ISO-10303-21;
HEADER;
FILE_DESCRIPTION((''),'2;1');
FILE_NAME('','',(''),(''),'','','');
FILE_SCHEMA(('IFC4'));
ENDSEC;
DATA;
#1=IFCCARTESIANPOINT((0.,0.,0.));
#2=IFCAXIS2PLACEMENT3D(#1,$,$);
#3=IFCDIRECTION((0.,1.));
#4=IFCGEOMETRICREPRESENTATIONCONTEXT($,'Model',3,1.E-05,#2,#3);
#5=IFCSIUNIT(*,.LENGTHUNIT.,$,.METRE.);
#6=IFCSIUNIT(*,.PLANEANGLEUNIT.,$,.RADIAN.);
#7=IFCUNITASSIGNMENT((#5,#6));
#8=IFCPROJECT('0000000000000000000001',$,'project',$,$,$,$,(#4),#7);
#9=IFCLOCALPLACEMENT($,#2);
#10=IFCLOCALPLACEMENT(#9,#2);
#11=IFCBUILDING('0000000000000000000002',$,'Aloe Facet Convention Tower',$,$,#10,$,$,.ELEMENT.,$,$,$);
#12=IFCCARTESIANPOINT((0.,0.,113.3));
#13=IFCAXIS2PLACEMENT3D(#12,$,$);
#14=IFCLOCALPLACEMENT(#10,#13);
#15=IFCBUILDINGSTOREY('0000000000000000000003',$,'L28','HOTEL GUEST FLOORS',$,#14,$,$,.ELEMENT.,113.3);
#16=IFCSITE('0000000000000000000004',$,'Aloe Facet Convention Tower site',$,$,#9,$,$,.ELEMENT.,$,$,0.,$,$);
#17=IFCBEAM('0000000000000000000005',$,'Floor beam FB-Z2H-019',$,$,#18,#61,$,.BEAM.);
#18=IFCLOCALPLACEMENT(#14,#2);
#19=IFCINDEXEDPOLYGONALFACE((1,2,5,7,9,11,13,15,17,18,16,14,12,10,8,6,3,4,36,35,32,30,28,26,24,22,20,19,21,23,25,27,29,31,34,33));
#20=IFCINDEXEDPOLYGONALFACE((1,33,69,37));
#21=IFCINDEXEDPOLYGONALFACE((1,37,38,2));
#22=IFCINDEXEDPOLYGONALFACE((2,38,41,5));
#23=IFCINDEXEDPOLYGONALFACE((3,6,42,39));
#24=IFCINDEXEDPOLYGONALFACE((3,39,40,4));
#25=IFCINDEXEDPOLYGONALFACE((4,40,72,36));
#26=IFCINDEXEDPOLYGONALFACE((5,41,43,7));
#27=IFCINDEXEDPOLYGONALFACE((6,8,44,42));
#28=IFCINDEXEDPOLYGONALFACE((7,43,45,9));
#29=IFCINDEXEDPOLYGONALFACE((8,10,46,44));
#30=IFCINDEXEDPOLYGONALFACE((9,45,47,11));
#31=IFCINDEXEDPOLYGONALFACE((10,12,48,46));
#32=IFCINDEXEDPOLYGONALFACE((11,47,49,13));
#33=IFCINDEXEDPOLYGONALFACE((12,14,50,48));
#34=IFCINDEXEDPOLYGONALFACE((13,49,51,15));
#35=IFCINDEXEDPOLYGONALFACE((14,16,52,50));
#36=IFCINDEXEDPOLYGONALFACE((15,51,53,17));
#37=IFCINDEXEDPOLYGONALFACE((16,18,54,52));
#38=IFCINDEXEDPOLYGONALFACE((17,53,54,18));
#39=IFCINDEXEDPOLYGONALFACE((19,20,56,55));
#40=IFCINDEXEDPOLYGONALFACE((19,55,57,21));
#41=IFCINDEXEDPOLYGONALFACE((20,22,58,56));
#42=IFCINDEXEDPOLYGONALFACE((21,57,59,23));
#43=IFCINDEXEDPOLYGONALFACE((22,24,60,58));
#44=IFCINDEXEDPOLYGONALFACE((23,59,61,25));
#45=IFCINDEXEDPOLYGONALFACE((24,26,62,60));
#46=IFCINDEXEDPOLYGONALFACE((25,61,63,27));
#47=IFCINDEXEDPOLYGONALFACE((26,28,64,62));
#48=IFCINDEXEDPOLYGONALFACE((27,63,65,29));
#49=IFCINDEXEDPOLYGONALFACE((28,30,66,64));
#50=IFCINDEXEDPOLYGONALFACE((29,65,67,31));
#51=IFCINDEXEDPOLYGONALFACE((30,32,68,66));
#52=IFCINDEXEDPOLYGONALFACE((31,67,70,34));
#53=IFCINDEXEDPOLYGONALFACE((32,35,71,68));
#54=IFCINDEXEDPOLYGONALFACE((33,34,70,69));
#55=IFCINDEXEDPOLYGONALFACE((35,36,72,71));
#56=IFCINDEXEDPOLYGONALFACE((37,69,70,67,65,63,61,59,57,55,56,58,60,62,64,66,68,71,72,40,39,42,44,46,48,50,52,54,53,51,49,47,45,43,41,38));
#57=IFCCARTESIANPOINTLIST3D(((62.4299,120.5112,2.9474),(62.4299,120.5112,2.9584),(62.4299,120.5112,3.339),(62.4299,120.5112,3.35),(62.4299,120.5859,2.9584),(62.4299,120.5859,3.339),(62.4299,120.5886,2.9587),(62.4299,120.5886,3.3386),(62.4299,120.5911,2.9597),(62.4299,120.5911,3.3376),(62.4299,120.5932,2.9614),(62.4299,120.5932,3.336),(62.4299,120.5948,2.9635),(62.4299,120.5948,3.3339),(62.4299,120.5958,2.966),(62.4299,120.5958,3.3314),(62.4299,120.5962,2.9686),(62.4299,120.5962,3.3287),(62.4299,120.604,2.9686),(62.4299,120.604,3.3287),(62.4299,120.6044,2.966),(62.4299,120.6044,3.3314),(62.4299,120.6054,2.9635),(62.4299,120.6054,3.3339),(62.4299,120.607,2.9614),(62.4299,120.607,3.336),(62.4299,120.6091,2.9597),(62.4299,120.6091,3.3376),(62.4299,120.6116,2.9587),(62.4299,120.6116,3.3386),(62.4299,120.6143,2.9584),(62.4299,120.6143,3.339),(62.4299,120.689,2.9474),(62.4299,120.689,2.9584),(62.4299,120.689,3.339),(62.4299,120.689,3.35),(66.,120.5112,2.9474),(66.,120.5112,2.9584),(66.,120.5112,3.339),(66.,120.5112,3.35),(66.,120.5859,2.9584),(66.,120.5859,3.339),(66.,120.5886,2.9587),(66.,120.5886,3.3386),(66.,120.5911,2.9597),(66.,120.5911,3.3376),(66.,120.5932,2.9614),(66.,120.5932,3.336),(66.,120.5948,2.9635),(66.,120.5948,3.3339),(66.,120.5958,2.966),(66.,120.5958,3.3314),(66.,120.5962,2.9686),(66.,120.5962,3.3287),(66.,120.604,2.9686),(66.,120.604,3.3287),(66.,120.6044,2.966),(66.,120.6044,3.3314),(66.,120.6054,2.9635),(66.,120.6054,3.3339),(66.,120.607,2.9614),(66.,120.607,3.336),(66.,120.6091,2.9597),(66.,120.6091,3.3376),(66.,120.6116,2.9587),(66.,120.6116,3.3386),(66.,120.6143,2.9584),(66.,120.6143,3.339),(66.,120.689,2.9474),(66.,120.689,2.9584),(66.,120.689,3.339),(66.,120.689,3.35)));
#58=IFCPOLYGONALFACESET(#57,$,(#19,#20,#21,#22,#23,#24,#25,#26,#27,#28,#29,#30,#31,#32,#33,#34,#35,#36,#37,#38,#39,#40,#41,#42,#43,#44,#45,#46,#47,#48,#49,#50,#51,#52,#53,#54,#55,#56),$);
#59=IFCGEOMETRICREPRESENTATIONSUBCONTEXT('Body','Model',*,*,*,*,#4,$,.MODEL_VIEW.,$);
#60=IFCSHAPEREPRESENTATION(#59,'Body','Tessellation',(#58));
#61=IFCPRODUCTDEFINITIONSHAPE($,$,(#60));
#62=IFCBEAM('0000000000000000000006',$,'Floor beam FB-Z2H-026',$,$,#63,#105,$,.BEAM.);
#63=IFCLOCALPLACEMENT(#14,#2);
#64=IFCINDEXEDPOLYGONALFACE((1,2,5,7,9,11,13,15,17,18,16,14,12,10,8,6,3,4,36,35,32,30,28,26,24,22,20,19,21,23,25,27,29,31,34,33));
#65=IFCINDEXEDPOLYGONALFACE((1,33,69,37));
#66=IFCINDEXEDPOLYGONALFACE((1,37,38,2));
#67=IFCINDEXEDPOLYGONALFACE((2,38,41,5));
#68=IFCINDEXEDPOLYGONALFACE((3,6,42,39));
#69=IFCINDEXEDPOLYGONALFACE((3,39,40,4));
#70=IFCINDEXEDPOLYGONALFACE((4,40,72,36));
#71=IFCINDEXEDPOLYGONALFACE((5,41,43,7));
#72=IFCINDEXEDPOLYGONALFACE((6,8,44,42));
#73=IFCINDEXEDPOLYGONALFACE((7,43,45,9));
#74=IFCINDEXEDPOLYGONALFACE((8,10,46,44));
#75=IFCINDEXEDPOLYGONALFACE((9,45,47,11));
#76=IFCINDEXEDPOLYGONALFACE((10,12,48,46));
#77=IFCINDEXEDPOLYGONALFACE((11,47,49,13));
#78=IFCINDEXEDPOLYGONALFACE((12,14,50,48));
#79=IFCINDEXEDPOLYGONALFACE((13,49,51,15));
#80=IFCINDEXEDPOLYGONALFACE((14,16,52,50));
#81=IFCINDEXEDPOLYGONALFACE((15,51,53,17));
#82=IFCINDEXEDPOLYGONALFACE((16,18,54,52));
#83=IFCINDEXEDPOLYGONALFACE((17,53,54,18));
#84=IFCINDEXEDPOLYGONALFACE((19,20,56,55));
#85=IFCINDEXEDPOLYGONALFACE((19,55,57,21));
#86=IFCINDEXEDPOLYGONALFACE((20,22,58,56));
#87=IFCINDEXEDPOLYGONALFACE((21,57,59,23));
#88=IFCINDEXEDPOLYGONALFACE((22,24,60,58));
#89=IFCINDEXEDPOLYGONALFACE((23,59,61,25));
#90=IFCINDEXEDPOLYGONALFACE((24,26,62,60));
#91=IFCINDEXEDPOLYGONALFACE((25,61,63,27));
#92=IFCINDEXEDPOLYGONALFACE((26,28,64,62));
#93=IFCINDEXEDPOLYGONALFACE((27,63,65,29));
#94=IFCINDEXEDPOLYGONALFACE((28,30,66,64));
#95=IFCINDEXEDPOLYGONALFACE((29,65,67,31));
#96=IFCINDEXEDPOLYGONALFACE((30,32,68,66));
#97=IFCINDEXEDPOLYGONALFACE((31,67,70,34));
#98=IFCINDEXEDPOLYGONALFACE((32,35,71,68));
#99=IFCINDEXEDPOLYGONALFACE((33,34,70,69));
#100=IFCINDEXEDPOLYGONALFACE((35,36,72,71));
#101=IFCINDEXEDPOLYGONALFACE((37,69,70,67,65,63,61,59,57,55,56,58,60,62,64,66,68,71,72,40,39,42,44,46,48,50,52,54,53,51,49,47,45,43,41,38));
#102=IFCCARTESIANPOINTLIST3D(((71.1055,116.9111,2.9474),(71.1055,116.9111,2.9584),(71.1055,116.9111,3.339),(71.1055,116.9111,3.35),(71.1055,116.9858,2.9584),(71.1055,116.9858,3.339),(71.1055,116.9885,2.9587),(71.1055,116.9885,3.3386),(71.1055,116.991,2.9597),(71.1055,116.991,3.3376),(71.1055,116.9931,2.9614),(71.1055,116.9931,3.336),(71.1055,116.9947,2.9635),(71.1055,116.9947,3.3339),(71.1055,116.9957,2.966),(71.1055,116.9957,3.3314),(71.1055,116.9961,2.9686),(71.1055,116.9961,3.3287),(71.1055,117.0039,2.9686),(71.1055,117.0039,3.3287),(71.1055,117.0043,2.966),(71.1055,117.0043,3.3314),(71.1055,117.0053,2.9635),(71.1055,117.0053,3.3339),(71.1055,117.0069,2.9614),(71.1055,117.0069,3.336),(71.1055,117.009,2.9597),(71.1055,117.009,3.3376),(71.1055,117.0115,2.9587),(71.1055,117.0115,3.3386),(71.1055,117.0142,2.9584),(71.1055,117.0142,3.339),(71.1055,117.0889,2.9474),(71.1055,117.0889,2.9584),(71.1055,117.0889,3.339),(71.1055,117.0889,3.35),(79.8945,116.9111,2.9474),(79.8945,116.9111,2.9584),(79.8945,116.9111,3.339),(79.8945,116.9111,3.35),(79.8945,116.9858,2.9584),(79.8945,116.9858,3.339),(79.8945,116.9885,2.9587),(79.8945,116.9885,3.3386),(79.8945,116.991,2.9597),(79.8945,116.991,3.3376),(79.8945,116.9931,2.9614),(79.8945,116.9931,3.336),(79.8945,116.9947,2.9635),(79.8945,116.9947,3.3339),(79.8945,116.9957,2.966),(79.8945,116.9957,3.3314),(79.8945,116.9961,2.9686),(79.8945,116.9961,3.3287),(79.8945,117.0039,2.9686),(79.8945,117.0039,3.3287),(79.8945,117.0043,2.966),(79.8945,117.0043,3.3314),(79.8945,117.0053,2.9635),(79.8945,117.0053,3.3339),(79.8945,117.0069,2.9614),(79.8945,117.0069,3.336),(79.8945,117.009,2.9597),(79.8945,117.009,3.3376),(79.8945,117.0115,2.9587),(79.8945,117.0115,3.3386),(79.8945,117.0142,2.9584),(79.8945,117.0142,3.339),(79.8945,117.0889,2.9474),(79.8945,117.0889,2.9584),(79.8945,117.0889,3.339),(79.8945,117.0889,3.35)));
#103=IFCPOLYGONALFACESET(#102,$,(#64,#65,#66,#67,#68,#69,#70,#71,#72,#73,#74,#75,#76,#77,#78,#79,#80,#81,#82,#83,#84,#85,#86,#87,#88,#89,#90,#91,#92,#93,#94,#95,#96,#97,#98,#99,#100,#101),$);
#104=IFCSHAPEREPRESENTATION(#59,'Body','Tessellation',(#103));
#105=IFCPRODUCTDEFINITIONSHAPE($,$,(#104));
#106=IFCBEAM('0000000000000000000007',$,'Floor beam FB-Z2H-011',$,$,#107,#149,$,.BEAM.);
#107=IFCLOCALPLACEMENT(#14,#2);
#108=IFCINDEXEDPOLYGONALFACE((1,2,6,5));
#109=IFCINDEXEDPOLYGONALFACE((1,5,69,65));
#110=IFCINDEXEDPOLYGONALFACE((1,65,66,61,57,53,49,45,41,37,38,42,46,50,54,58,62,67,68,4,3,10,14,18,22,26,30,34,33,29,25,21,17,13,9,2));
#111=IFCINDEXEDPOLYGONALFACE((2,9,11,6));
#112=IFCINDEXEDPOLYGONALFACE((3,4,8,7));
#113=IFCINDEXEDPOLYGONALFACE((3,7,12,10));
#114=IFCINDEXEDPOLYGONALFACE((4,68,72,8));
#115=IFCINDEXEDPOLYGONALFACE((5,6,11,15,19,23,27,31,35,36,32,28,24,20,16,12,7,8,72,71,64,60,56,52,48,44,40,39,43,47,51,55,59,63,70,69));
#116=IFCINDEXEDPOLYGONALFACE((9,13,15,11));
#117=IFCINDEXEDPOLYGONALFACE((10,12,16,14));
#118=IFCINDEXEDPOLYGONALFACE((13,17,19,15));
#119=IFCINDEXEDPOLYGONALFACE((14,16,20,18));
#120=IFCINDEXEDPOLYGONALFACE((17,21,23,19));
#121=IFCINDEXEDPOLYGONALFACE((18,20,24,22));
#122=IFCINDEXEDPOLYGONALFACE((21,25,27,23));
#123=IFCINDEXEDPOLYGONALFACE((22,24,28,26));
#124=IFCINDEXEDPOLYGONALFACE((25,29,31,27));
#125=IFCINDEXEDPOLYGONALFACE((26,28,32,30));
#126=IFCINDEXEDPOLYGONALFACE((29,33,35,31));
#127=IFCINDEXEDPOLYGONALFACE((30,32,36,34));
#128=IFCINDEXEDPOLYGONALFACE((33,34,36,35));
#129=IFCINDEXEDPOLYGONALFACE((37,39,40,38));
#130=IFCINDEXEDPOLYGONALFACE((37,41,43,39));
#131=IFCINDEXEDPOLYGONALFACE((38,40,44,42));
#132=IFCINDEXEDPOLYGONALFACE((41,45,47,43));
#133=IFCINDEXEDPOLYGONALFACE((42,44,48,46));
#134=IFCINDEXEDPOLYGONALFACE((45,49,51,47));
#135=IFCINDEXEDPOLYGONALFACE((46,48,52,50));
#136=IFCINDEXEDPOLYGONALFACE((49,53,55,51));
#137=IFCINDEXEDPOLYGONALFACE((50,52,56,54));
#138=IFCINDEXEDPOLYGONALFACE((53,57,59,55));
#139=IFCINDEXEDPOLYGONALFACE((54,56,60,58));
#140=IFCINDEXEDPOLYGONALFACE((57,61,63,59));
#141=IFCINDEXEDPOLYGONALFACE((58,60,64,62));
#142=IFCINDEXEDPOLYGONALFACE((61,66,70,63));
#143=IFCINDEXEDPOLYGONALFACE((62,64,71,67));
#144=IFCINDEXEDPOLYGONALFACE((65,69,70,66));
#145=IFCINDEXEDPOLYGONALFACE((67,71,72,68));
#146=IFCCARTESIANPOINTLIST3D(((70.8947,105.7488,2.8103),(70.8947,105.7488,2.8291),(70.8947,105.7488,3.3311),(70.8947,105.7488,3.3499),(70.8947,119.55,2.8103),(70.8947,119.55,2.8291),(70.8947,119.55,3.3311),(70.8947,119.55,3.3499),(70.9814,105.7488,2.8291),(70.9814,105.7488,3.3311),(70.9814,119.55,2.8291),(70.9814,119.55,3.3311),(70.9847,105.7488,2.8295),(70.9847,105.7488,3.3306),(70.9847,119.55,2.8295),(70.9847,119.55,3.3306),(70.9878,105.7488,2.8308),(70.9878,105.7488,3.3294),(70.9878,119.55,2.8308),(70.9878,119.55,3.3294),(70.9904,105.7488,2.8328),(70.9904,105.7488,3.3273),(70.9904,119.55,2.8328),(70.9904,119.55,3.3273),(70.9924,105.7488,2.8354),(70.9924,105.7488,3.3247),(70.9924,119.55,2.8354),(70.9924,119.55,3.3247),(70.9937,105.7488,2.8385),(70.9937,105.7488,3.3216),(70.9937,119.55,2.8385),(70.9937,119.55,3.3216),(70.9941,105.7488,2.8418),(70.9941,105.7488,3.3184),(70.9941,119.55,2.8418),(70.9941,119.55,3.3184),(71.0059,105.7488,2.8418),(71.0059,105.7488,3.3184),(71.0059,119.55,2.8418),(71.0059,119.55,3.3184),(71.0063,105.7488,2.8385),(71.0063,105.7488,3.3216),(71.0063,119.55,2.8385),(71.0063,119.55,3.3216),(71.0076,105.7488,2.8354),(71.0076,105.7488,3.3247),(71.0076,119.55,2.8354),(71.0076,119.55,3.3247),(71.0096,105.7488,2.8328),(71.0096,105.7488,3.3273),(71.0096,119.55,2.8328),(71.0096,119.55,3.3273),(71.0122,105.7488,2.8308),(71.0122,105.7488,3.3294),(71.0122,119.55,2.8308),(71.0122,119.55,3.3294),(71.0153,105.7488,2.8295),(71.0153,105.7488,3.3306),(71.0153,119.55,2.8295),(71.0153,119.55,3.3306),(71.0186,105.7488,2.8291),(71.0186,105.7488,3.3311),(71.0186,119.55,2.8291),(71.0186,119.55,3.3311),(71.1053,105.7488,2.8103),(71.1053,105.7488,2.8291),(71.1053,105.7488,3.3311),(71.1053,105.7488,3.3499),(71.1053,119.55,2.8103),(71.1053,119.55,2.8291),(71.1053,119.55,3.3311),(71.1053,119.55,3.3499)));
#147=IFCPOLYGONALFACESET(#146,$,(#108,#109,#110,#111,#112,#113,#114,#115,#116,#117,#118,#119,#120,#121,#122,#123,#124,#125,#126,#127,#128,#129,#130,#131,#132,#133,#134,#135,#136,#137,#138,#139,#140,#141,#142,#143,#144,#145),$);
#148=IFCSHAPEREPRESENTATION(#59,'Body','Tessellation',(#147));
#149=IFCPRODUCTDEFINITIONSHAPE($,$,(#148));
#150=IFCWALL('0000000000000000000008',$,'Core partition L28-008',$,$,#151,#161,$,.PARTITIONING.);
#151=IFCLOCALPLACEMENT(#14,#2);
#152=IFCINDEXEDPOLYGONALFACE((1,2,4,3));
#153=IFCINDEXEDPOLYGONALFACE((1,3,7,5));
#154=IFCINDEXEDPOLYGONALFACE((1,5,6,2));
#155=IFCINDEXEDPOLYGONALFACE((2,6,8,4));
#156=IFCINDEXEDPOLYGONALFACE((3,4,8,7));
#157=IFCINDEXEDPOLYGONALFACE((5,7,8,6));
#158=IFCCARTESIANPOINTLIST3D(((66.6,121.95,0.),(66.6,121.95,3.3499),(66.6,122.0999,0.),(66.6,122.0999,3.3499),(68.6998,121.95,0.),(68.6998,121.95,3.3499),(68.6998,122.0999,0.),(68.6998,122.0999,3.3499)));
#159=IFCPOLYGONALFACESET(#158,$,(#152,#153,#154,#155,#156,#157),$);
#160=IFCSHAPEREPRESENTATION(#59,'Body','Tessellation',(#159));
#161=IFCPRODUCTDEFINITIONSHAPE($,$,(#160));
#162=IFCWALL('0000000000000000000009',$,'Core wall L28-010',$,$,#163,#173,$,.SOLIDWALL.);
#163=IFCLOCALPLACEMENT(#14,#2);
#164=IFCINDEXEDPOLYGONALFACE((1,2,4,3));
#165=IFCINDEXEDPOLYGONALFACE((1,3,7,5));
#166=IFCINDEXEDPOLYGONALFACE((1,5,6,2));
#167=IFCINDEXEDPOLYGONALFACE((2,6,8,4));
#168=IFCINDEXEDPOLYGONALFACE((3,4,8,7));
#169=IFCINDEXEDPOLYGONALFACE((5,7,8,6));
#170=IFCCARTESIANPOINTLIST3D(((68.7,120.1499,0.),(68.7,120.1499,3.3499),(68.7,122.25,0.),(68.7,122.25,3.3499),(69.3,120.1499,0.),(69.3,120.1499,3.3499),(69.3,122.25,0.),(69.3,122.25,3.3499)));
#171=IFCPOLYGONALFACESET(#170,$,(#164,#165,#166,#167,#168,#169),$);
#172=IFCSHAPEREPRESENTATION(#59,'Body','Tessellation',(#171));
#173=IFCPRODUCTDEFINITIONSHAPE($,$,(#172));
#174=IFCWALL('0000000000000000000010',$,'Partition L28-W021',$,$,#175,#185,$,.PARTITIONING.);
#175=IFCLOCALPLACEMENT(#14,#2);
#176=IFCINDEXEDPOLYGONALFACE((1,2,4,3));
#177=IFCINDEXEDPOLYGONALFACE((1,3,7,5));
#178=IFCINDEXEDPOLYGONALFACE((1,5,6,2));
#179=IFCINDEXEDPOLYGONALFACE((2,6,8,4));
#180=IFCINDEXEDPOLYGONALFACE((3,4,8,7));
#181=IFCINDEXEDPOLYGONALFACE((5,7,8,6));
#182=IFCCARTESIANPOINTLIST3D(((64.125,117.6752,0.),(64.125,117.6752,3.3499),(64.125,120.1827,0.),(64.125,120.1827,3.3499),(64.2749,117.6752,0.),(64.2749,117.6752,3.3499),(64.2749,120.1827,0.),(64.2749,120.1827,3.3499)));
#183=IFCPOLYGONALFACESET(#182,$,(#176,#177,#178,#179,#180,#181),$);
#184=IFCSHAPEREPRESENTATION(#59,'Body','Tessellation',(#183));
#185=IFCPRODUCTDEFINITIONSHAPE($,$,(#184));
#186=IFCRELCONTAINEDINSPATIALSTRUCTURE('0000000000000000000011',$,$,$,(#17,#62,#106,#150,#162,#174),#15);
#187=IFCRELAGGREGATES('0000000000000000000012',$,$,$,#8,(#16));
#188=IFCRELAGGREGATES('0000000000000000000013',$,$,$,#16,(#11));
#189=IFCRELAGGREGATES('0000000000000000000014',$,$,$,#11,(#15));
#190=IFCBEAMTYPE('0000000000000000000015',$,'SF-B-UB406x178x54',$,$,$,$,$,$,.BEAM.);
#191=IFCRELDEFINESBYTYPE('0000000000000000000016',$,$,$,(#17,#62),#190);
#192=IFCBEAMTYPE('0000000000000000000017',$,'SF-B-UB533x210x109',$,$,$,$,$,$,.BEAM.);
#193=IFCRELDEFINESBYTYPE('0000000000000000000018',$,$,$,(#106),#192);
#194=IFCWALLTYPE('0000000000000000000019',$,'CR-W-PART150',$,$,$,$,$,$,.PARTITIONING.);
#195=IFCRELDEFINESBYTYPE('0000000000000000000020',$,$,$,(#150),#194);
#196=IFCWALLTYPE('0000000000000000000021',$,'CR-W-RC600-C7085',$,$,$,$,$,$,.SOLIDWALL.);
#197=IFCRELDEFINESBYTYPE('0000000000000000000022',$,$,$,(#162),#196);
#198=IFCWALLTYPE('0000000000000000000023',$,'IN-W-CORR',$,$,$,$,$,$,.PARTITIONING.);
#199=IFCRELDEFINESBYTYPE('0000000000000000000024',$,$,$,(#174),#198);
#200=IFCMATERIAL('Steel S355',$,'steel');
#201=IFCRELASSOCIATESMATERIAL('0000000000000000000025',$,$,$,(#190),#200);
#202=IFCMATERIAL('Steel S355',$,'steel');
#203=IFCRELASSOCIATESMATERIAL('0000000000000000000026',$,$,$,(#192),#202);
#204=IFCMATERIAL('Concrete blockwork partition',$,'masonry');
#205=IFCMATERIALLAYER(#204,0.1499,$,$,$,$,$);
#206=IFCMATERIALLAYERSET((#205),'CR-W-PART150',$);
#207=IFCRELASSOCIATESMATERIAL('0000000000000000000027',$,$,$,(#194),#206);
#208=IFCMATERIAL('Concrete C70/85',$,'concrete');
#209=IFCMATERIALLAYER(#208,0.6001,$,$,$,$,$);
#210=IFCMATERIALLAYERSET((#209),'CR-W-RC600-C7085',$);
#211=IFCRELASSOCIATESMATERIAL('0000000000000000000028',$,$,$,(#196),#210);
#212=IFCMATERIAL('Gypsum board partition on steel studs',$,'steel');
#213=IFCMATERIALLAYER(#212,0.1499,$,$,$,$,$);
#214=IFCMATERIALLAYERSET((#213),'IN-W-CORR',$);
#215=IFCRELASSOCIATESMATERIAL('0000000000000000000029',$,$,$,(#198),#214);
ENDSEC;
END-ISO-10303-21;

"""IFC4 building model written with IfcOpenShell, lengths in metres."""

from ifc_helpers import new_model, si_unit, direction, frame, frame_2d, origin, origin_2d, place, context, subcontext, project, spatial, rectangle, i_section, extrude, material, layer, layer_set, material_profile, profile_set, type_object, element, save


model = new_model("IFC4")

# Units and contexts
model_context = context("Model", 3, precision=1e-05, world=origin(), true_north=direction((0.0, 1.0)))
body_context = subcontext(model_context, "Body", "Model", "MODEL_VIEW")
ifc_project = project(units=[si_unit("LENGTHUNIT", "METRE"), si_unit("PLANEANGLEUNIT", "RADIAN")], contexts=[model_context])

# Site, building, storey
site_placement = place(None, origin())
site = spatial("IfcSite", under=ifc_project, at=site_placement, Name="Aloe Facet Convention Tower site", CompositionType="ELEMENT", RefElevation=0.0)
building_placement = place(site_placement, origin())
building = spatial("IfcBuilding", under=site, at=building_placement, Name="Aloe Facet Convention Tower", CompositionType="ELEMENT")
storey_placement = place(building_placement, frame((0.0, 0.0, 113.3)))
storey = spatial("IfcBuildingStorey", under=building, at=storey_placement, Name="L28", Description="HOTEL GUEST FLOORS", CompositionType="ELEMENT", Elevation=113.3)

# Beams
ifc_material_1 = material(Name="Steel S355", Category="steel")
ifc_material_profile_1 = material_profile(ifc_material_1, i_section(OverallWidth=0.1777, OverallDepth=0.4026, WebThickness=0.0078, FlangeThickness=0.011, FilletRadius=0.0103, at=origin_2d()), Name="UB 406x178x54")
ifc_profile_set_1 = profile_set([ifc_material_profile_1], Name="Steel S355")
beam_type_1 = type_object("IfcBeamType", Name="SF-B-UB406x178x54", PredefinedType="BEAM", material=ifc_profile_set_1)
beam_1_placement = place(storey_placement, frame((62.4299, 120.6001, 3.1487), z_axis=(1.0, 0.0, 0.0), x_axis=(0.0, 1.0, 0.0)))
element("IfcBeam", 1, at=beam_1_placement, inside=storey, type_object=beam_type_1, Name="Floor beam FB-Z2H-019", PredefinedType="BEAM", context=body_context, shape_type="SweptSolid", body=[
    extrude(i_section(OverallWidth=0.1777, OverallDepth=0.4026, WebThickness=0.0078, FlangeThickness=0.011, FilletRadius=0.0103, at=origin_2d()), origin(), (0.0, 0.0, 1.0), 3.5701),
])
beam_2_placement = place(storey_placement, frame((71.1055, 117.0, 3.1487), z_axis=(1.0, 0.0, 0.0), x_axis=(0.0, 1.0, 0.0)))
element("IfcBeam", 2, at=beam_2_placement, inside=storey, type_object=beam_type_1, Name="Floor beam FB-Z2H-026", PredefinedType="BEAM", context=body_context, shape_type="SweptSolid", body=[
    extrude(i_section(OverallWidth=0.1777, OverallDepth=0.4026, WebThickness=0.0078, FlangeThickness=0.011, FilletRadius=0.0103, at=origin_2d()), origin(), (0.0, 0.0, 1.0), 8.7891),
])
ifc_material_2 = material(Name="Steel S355", Category="steel")
ifc_material_profile_2 = material_profile(ifc_material_2, i_section(OverallWidth=0.2107, OverallDepth=0.5396, WebThickness=0.0117, FlangeThickness=0.0188, FilletRadius=0.0127, at=origin_2d()), Name="UB 533x210x109")
ifc_profile_set_2 = profile_set([ifc_material_profile_2], Name="Steel S355")
beam_type_2 = type_object("IfcBeamType", Name="SF-B-UB533x210x109", PredefinedType="BEAM", material=ifc_profile_set_2)
beam_3_placement = place(storey_placement, frame((71.0, 119.55, 3.0801), z_axis=(0.0, -1.0, 0.0), x_axis=(1.0, 0.0, 0.0)))
element("IfcBeam", 3, at=beam_3_placement, inside=storey, type_object=beam_type_2, Name="Floor beam FB-Z2H-011", PredefinedType="BEAM", context=body_context, shape_type="SweptSolid", body=[
    extrude(i_section(OverallWidth=0.2107, OverallDepth=0.5396, WebThickness=0.0117, FlangeThickness=0.0188, FilletRadius=0.0127, at=origin_2d()), origin(), (0.0, 0.0, 1.0), 13.8013),
])

# Wall
ifc_material_3 = material(Name="Concrete blockwork partition", Category="masonry")
ifc_layer_1 = layer(ifc_material_3, 0.1499)
ifc_layer_set_1 = layer_set([ifc_layer_1], Name="CR-W-PART150")
wall_type_1 = type_object("IfcWallType", Name="CR-W-PART150", PredefinedType="PARTITIONING", material=ifc_layer_set_1)
wall_1_placement = place(storey_placement, frame((66.6001, 122.0249, 0.0), z_axis=(0.0, 0.0, 1.0), x_axis=(1.0, 0.0, 0.0)))
element("IfcWall", 4, at=wall_1_placement, inside=storey, type_object=wall_type_1, Name="Core partition L28-008", PredefinedType="PARTITIONING", context=body_context, shape_type="SweptSolid", body=[
    extrude(rectangle(XDim=2.0999, YDim=0.1499, at=frame_2d((1.0498, 0.0))), origin(), (0.0, 0.0, 1.0), 3.3499),
])

# Shared definitions
ifc_material_4 = material(Name="Concrete C70/85", Category="concrete")
ifc_layer_2 = layer(ifc_material_4, 0.6001)
ifc_layer_set_2 = layer_set([ifc_layer_2], Name="CR-W-RC600-C7085")
wall_type_2 = type_object("IfcWallType", Name="CR-W-RC600-C7085", PredefinedType="SOLIDWALL", material=ifc_layer_set_2)

# Walls
wall_2_placement = place(storey_placement, frame((69.0, 122.25, 0.0), z_axis=(0.0, 0.0, 1.0), x_axis=(0.0, -1.0, 0.0)))
element("IfcWall", 5, at=wall_2_placement, inside=storey, type_object=wall_type_2, Name="Core wall L28-010", PredefinedType="SOLIDWALL", context=body_context, shape_type="SweptSolid", body=[
    extrude(rectangle(XDim=2.1001, YDim=0.6001, at=frame_2d((1.05, 0.0))), origin(), (0.0, 0.0, 1.0), 3.3499),
])
ifc_material_5 = material(Name="Gypsum board partition on steel studs", Category="steel")
ifc_layer_3 = layer(ifc_material_5, 0.1499)
ifc_layer_set_3 = layer_set([ifc_layer_3], Name="IN-W-CORR")
wall_type_3 = type_object("IfcWallType", Name="IN-W-CORR", PredefinedType="PARTITIONING", material=ifc_layer_set_3)
wall_3_placement = place(storey_placement, frame((64.2, 117.675, 0.0), z_axis=(0.0, 0.0, 1.0), x_axis=(0.0, 1.0, 0.0)))
element("IfcWall", 6, at=wall_3_placement, inside=storey, type_object=wall_type_3, Name="Partition L28-W021", PredefinedType="PARTITIONING", context=body_context, shape_type="SweptSolid", body=[
    extrude(rectangle(XDim=2.5076, YDim=0.1499, at=frame_2d((1.2539, 0.0))), origin(), (0.0, 0.0, 1.0), 3.3499),
])

save(model, "model.ifc")
